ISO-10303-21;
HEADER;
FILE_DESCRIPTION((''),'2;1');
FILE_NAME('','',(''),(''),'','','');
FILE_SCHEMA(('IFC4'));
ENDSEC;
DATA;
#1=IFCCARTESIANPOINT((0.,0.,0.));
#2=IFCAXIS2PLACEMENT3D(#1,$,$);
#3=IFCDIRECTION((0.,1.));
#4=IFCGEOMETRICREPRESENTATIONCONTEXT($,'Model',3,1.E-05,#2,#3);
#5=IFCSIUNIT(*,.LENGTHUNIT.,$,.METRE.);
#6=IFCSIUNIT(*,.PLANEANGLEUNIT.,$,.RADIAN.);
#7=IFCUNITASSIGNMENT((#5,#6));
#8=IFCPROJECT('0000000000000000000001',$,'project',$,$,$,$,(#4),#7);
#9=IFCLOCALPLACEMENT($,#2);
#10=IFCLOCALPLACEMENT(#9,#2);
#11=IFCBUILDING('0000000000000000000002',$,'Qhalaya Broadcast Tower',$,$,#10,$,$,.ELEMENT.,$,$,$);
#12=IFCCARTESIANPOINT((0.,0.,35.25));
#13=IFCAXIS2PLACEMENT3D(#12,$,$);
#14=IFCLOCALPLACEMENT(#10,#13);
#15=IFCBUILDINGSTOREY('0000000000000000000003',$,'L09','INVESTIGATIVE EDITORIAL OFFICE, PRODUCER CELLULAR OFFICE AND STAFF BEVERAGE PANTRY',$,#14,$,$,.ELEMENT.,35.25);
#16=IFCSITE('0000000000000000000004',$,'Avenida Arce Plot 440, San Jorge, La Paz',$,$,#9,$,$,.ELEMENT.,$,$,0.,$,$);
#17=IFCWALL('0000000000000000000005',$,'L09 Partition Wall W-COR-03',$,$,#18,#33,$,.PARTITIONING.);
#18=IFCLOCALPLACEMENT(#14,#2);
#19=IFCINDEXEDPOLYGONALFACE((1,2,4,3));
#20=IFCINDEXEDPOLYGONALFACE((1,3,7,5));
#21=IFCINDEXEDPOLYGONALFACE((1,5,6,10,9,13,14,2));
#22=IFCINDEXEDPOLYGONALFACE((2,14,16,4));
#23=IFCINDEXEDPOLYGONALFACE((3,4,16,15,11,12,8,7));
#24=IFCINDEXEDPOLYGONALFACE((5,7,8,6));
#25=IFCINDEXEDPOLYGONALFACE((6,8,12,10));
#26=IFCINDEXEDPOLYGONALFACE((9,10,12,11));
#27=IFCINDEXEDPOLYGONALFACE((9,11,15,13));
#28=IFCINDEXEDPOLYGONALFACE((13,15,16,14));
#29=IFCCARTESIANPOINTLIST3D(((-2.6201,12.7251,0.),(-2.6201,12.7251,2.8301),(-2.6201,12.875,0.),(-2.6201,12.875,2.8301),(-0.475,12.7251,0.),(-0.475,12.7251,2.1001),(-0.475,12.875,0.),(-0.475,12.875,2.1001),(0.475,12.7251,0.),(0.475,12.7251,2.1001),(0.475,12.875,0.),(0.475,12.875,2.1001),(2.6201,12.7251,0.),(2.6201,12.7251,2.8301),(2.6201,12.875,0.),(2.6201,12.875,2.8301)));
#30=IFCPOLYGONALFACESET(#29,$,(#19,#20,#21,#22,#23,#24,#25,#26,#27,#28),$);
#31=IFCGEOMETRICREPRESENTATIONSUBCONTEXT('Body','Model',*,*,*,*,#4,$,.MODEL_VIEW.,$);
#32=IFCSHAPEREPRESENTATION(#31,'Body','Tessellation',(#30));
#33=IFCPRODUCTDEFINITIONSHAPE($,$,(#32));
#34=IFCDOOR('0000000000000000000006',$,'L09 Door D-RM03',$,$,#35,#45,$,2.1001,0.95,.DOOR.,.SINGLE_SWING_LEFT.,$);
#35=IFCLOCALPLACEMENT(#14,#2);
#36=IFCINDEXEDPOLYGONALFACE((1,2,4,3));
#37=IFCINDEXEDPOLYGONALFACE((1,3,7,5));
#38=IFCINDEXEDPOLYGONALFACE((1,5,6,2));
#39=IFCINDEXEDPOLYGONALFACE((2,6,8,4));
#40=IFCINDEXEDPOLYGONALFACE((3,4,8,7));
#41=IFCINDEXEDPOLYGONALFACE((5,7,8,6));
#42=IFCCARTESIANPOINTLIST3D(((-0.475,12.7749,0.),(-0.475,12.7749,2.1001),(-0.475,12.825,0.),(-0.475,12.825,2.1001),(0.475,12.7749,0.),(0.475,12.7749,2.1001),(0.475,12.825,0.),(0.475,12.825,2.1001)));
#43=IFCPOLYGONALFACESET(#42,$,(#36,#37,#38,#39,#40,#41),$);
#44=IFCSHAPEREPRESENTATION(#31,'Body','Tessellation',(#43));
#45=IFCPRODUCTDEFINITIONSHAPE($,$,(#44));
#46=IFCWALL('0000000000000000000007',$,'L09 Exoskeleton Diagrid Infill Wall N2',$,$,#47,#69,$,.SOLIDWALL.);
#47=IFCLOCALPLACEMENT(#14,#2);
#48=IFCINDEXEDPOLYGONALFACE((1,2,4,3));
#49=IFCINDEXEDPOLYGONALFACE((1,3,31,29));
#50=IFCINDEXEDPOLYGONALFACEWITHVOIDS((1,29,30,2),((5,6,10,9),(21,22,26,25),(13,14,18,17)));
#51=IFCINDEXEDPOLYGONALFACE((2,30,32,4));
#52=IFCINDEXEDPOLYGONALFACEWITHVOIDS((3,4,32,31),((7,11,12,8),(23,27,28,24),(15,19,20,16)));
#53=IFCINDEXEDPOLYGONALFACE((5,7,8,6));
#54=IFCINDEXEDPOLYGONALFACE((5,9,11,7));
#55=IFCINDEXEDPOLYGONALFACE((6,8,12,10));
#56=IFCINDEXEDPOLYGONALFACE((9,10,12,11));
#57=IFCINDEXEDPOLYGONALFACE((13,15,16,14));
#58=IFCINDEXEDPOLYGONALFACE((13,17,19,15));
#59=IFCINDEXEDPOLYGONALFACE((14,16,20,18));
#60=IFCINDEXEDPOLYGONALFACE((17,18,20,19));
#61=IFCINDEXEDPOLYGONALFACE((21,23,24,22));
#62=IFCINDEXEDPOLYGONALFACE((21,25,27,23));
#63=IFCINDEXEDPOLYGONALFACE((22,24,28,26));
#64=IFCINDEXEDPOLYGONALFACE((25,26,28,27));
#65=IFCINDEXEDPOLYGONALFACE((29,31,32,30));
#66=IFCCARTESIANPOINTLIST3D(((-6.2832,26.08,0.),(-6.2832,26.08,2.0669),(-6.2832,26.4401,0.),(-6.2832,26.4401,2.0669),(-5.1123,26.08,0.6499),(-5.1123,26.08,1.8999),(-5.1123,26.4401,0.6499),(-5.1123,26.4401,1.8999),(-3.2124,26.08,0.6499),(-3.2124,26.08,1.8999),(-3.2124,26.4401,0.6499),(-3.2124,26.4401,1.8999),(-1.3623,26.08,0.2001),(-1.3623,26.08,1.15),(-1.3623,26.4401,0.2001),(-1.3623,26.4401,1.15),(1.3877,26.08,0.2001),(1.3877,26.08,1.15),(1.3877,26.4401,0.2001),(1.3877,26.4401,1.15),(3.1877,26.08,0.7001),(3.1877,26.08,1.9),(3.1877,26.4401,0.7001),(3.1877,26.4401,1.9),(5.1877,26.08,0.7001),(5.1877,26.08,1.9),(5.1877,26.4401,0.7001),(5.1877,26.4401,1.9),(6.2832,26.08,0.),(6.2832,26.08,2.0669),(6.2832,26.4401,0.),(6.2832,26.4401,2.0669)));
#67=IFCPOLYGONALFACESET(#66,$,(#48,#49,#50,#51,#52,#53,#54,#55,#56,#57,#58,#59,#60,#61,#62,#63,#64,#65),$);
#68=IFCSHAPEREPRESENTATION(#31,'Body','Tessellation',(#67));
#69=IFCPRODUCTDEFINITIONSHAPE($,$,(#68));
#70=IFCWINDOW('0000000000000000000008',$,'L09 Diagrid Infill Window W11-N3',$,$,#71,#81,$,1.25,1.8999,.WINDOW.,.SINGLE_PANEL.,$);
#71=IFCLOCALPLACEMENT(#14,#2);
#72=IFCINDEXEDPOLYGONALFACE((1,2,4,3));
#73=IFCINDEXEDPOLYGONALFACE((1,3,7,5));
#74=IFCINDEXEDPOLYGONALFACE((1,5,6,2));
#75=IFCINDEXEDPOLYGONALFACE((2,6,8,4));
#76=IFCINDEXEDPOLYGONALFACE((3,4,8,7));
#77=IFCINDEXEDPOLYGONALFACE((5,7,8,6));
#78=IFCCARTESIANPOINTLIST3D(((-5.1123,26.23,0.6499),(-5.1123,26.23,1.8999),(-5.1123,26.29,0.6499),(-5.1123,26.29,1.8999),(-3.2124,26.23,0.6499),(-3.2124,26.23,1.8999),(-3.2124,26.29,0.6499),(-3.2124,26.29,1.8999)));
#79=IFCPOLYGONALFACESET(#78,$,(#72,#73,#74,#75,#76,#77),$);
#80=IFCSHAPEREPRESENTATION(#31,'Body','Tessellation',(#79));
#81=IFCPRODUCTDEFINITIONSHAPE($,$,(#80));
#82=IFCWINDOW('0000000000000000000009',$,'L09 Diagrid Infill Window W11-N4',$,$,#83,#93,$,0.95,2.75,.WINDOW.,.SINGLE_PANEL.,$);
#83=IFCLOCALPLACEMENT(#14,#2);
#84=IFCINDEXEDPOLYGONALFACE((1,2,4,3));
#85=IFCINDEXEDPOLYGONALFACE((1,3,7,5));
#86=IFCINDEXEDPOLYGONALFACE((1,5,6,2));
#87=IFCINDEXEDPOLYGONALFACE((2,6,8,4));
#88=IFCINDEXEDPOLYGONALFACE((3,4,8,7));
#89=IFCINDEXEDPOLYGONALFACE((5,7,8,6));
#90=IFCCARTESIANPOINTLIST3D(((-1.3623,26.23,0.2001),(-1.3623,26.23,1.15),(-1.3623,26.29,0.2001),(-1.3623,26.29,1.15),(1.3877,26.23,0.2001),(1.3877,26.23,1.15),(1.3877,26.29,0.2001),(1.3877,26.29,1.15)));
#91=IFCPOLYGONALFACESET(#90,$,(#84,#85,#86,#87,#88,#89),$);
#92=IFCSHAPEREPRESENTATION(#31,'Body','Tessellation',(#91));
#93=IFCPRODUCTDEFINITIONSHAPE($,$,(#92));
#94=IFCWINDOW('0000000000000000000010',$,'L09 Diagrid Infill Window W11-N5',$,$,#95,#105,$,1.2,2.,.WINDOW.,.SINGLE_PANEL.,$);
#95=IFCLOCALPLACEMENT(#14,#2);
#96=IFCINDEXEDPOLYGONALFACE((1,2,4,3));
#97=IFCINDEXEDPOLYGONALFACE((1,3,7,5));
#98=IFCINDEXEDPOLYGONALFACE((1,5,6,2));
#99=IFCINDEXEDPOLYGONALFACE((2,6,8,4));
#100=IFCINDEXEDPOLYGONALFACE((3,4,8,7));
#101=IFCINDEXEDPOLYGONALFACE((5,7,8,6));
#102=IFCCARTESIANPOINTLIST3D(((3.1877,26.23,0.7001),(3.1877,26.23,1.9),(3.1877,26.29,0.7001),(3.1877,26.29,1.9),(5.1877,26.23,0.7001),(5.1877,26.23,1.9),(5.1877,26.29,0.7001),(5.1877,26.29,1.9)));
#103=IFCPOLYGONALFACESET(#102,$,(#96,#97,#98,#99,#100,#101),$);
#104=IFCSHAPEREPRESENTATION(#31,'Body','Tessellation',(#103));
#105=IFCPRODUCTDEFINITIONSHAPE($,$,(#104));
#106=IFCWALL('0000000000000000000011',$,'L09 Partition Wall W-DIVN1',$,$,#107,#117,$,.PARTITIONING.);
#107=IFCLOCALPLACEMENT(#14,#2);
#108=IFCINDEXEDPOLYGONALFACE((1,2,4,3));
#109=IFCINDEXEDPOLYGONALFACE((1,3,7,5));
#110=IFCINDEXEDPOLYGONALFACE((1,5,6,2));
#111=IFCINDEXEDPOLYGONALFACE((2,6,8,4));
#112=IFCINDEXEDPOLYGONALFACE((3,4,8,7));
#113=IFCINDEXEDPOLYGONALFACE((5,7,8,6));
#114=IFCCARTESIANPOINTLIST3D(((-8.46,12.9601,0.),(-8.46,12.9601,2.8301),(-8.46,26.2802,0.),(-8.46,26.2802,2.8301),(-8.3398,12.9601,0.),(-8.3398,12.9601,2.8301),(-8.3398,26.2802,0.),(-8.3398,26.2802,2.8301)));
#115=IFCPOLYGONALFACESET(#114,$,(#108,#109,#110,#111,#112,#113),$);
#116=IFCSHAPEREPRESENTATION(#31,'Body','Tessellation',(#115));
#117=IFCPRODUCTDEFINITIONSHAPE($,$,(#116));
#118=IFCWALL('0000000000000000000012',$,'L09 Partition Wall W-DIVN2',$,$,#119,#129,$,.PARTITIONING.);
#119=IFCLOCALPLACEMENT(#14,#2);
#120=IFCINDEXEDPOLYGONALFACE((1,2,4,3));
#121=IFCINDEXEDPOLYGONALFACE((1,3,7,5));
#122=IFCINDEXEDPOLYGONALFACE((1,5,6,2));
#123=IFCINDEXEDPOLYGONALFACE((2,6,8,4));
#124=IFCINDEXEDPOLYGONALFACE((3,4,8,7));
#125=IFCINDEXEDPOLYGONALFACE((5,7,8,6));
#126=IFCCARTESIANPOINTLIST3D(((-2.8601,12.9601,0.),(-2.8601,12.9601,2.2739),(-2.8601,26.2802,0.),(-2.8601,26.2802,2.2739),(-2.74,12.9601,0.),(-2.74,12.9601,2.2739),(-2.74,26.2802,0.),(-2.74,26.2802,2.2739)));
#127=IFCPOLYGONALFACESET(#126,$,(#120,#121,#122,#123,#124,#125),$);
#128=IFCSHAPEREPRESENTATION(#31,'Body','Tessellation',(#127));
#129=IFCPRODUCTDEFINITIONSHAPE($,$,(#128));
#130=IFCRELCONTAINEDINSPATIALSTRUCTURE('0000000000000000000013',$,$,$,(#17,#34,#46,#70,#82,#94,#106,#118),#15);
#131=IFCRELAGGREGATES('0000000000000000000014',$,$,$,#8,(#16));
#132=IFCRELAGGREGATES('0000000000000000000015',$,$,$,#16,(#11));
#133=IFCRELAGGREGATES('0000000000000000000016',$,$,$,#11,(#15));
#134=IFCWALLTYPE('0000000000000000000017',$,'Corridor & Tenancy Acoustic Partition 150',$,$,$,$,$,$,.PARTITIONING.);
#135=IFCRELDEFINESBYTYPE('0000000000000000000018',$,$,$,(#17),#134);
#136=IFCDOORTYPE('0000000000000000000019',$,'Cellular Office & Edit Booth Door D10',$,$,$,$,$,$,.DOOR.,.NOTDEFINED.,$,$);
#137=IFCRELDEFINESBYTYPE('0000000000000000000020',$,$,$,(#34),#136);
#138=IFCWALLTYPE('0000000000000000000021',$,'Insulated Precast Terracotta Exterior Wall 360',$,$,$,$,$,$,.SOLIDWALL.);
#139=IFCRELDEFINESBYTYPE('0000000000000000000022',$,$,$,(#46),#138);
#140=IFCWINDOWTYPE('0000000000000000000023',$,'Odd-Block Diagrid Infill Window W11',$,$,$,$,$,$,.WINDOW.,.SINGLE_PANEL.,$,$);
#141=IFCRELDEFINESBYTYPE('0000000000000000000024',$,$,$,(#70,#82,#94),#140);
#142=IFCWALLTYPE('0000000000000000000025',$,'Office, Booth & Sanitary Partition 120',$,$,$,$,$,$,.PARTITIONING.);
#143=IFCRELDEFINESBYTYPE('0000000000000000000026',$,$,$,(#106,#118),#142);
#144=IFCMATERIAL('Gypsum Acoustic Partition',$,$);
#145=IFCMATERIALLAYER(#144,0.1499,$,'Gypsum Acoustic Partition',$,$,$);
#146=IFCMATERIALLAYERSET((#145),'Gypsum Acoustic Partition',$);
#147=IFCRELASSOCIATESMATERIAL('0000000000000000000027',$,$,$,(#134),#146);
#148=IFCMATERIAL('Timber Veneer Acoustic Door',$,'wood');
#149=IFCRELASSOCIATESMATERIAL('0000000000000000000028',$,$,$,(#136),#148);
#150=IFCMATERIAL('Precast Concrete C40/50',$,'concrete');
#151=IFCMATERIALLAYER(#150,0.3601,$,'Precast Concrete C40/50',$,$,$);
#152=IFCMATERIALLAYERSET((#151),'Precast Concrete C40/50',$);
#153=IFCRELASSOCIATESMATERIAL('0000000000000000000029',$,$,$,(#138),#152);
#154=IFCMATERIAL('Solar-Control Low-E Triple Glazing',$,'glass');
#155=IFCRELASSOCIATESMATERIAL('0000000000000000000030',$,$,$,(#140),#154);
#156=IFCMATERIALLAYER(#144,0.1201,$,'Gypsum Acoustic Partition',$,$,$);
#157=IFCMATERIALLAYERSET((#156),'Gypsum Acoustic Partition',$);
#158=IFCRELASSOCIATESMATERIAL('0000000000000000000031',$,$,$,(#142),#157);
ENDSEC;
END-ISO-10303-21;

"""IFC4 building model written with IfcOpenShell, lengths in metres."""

from ifc_helpers import new_model, si_unit, direction, frame, frame_2d, origin, place, context, subcontext, project, spatial, rectangle, extrude, material, layer, layer_set, type_object, element, fill, save


model = new_model("IFC4")

# Units and contexts
model_context = context("Model", 3, precision=1e-05, world=origin(), true_north=direction((0.0, 1.0)))
body_context = subcontext(model_context, "Body", "Model", "MODEL_VIEW")
ifc_project = project(units=[si_unit("LENGTHUNIT", "METRE"), si_unit("PLANEANGLEUNIT", "RADIAN")], contexts=[model_context])

# Site, building, storey
site_placement = place(None, origin())
site = spatial("IfcSite", under=ifc_project, at=site_placement, Name="Avenida Arce Plot 440, San Jorge, La Paz", CompositionType="ELEMENT", RefElevation=0.0)
building_placement = place(site_placement, origin())
building = spatial("IfcBuilding", under=site, at=building_placement, Name="Qhalaya Broadcast Tower", CompositionType="ELEMENT")
storey_placement = place(building_placement, frame((0.0, 0.0, 35.25)))
storey = spatial("IfcBuildingStorey", under=building, at=storey_placement, Name="L09", Description="INVESTIGATIVE EDITORIAL OFFICE, PRODUCER CELLULAR OFFICE AND STAFF BEVERAGE PANTRY", CompositionType="ELEMENT", Elevation=35.25)

# Wall, opening, door
ifc_material_1 = material(Name="Gypsum Acoustic Partition")
ifc_layer_1 = layer(ifc_material_1, 0.1499, Name="Gypsum Acoustic Partition")
ifc_layer_set_1 = layer_set([ifc_layer_1], Name="Gypsum Acoustic Partition")
wall_type_1 = type_object("IfcWallType", Name="Corridor & Tenancy Acoustic Partition 150", PredefinedType="PARTITIONING", material=ifc_layer_set_1)
ifc_material_2 = material(Name="Timber Veneer Acoustic Door", Category="wood")
door_type = type_object("IfcDoorType", Name="Cellular Office & Edit Booth Door D10", OperationType="NOTDEFINED", PredefinedType="DOOR", material=ifc_material_2)
wall_1_placement = place(storey_placement, frame((-2.6201, 12.8, 0.0), z_axis=(0.0, 0.0, 1.0), x_axis=(1.0, 0.0, 0.0)))
wall_1 = element("IfcWall", 1, at=wall_1_placement, inside=storey, type_object=wall_type_1, Name="L09 Partition Wall W-COR-03", PredefinedType="PARTITIONING", context=body_context, shape_type="SweptSolid", body=[
    extrude(rectangle(XDim=5.2402, YDim=0.1499, at=frame_2d((2.6201, 0.0))), origin(), (0.0, 0.0, 1.0), 2.8301),
])
opening_1_placement = place(wall_1_placement, frame((2.145, 0.0, 0.0)))
opening_1 = element("IfcOpeningElement", 2, at=opening_1_placement, cuts=wall_1, PredefinedType="OPENING", context=body_context, shape_type="SweptSolid", body=[
    extrude(rectangle(XDim=0.95, YDim=2.1001, at=frame_2d((0.4751, 1.05))), frame((0.0, 0.0869, 0.0), z_axis=(0.0, -1.0, 0.0), x_axis=(1.0, 0.0, 0.0)), (0.0, 0.0, 1.0), 0.1738),
])
door_1_placement = place(opening_1_placement, origin())
door_1 = element("IfcDoor", 3, at=door_1_placement, inside=storey, type_object=door_type, Name="L09 Door D-RM03", OperationType="SINGLE_SWING_LEFT", OverallHeight=2.1001, OverallWidth=0.95, PredefinedType="DOOR", context=body_context, shape_type="SweptSolid", body=[
    extrude(rectangle(XDim=0.95, YDim=2.1001, at=frame_2d((0.4751, 1.05))), frame((0.0, 0.0249, 0.0), z_axis=(0.0, -1.0, 0.0), x_axis=(1.0, 0.0, 0.0)), (0.0, 0.0, 1.0), 0.05),
])
fill(opening_1, door_1)

# Wall, openings, windows
ifc_material_3 = material(Name="Precast Concrete C40/50", Category="concrete")
ifc_layer_2 = layer(ifc_material_3, 0.3601, Name="Precast Concrete C40/50")
ifc_layer_set_2 = layer_set([ifc_layer_2], Name="Precast Concrete C40/50")
wall_type_2 = type_object("IfcWallType", Name="Insulated Precast Terracotta Exterior Wall 360", PredefinedType="SOLIDWALL", material=ifc_layer_set_2)
wall_2_placement = place(storey_placement, frame((-6.2832, 26.26, 0.0), z_axis=(0.0, 0.0, 1.0), x_axis=(1.0, 0.0, 0.0)))
wall_2 = element("IfcWall", 4, at=wall_2_placement, inside=storey, type_object=wall_type_2, Name="L09 Exoskeleton Diagrid Infill Wall N2", PredefinedType="SOLIDWALL", context=body_context, shape_type="SweptSolid", body=[
    extrude(rectangle(XDim=12.5664, YDim=0.3601, at=frame_2d((6.2832, 0.0))), origin(), (0.0, 0.0, 1.0), 2.0669),
])
opening_2_placement = place(wall_2_placement, frame((1.1709, 0.0, 0.6499)))
opening_2 = element("IfcOpeningElement", 5, at=opening_2_placement, cuts=wall_2, PredefinedType="OPENING", context=body_context, shape_type="SweptSolid", body=[
    extrude(rectangle(XDim=1.8999, YDim=1.25, at=frame_2d((0.95, 0.625))), frame((0.0, 0.1921, 0.0), z_axis=(0.0, -1.0, 0.0), x_axis=(1.0, 0.0, 0.0)), (0.0, 0.0, 1.0), 0.384),
])
opening_3_placement = place(wall_2_placement, frame((4.9209, 0.0, 0.2)))
opening_3 = element("IfcOpeningElement", 6, at=opening_3_placement, cuts=wall_2, PredefinedType="OPENING", context=body_context, shape_type="SweptSolid", body=[
    extrude(rectangle(XDim=2.75, YDim=0.95, at=frame_2d((1.375, 0.4751))), frame((0.0, 0.1921, 0.0), z_axis=(0.0, -1.0, 0.0), x_axis=(1.0, 0.0, 0.0)), (0.0, 0.0, 1.0), 0.384),
])
opening_4_placement = place(wall_2_placement, frame((9.4709, 0.0, 0.7)))
opening_4 = element("IfcOpeningElement", 7, at=opening_4_placement, cuts=wall_2, PredefinedType="OPENING", context=body_context, shape_type="SweptSolid", body=[
    extrude(rectangle(XDim=2.0, YDim=1.2, at=frame_2d((1.0, 0.6001))), frame((0.0, 0.1921, 0.0), z_axis=(0.0, -1.0, 0.0), x_axis=(1.0, 0.0, 0.0)), (0.0, 0.0, 1.0), 0.384),
])
ifc_material_4 = material(Name="Solar-Control Low-E Triple Glazing", Category="glass")
window_type = type_object("IfcWindowType", Name="Odd-Block Diagrid Infill Window W11", PartitioningType="SINGLE_PANEL", PredefinedType="WINDOW", material=ifc_material_4)
window_1_placement = place(opening_2_placement, origin())
window_1 = element("IfcWindow", 8, at=window_1_placement, inside=storey, type_object=window_type, Name="L09 Diagrid Infill Window W11-N3", OverallHeight=1.25, OverallWidth=1.8999, PartitioningType="SINGLE_PANEL", PredefinedType="WINDOW", context=body_context, shape_type="SweptSolid", body=[
    extrude(rectangle(XDim=1.8999, YDim=1.25, at=frame_2d((0.95, 0.625))), frame((0.0, 0.03, 0.0), z_axis=(0.0, -1.0, 0.0), x_axis=(1.0, 0.0, 0.0)), (0.0, 0.0, 1.0), 0.0601),
])
fill(opening_2, window_1)
window_2_placement = place(opening_3_placement, origin())
window_2 = element("IfcWindow", 9, at=window_2_placement, inside=storey, type_object=window_type, Name="L09 Diagrid Infill Window W11-N4", OverallHeight=0.95, OverallWidth=2.75, PartitioningType="SINGLE_PANEL", PredefinedType="WINDOW", context=body_context, shape_type="SweptSolid", body=[
    extrude(rectangle(XDim=2.75, YDim=0.95, at=frame_2d((1.375, 0.4751))), frame((0.0, 0.03, 0.0), z_axis=(0.0, -1.0, 0.0), x_axis=(1.0, 0.0, 0.0)), (0.0, 0.0, 1.0), 0.0601),
])
fill(opening_3, window_2)
window_3_placement = place(opening_4_placement, origin())
window_3 = element("IfcWindow", 10, at=window_3_placement, inside=storey, type_object=window_type, Name="L09 Diagrid Infill Window W11-N5", OverallHeight=1.2, OverallWidth=2.0, PartitioningType="SINGLE_PANEL", PredefinedType="WINDOW", context=body_context, shape_type="SweptSolid", body=[
    extrude(rectangle(XDim=2.0, YDim=1.2, at=frame_2d((1.0, 0.6001))), frame((0.0, 0.03, 0.0), z_axis=(0.0, -1.0, 0.0), x_axis=(1.0, 0.0, 0.0)), (0.0, 0.0, 1.0), 0.0601),
])
fill(opening_4, window_3)

# Walls
ifc_layer_3 = layer(ifc_material_1, 0.1201, Name="Gypsum Acoustic Partition")
ifc_layer_set_3 = layer_set([ifc_layer_3], Name="Gypsum Acoustic Partition")
wall_type_3 = type_object("IfcWallType", Name="Office, Booth & Sanitary Partition 120", PredefinedType="PARTITIONING", material=ifc_layer_set_3)
wall_3_placement = place(storey_placement, frame((-8.3999, 12.96, 0.0), z_axis=(0.0, 0.0, 1.0), x_axis=(0.0, 1.0, 0.0)))
element("IfcWall", 11, at=wall_3_placement, inside=storey, type_object=wall_type_3, Name="L09 Partition Wall W-DIVN1", PredefinedType="PARTITIONING", context=body_context, shape_type="SweptSolid", body=[
    extrude(rectangle(XDim=13.3201, YDim=0.1201, at=frame_2d((6.6602, 0.0))), origin(), (0.0, 0.0, 1.0), 2.8301),
])
wall_4_placement = place(storey_placement, frame((-2.8, 12.96, 0.0), z_axis=(0.0, 0.0, 1.0), x_axis=(0.0, 1.0, 0.0)))
element("IfcWall", 12, at=wall_4_placement, inside=storey, type_object=wall_type_3, Name="L09 Partition Wall W-DIVN2", PredefinedType="PARTITIONING", context=body_context, shape_type="SweptSolid", body=[
    extrude(rectangle(XDim=13.3201, YDim=0.1201, at=frame_2d((6.6602, 0.0))), origin(), (0.0, 0.0, 1.0), 2.2739),
])

save(model, "model.ifc")
